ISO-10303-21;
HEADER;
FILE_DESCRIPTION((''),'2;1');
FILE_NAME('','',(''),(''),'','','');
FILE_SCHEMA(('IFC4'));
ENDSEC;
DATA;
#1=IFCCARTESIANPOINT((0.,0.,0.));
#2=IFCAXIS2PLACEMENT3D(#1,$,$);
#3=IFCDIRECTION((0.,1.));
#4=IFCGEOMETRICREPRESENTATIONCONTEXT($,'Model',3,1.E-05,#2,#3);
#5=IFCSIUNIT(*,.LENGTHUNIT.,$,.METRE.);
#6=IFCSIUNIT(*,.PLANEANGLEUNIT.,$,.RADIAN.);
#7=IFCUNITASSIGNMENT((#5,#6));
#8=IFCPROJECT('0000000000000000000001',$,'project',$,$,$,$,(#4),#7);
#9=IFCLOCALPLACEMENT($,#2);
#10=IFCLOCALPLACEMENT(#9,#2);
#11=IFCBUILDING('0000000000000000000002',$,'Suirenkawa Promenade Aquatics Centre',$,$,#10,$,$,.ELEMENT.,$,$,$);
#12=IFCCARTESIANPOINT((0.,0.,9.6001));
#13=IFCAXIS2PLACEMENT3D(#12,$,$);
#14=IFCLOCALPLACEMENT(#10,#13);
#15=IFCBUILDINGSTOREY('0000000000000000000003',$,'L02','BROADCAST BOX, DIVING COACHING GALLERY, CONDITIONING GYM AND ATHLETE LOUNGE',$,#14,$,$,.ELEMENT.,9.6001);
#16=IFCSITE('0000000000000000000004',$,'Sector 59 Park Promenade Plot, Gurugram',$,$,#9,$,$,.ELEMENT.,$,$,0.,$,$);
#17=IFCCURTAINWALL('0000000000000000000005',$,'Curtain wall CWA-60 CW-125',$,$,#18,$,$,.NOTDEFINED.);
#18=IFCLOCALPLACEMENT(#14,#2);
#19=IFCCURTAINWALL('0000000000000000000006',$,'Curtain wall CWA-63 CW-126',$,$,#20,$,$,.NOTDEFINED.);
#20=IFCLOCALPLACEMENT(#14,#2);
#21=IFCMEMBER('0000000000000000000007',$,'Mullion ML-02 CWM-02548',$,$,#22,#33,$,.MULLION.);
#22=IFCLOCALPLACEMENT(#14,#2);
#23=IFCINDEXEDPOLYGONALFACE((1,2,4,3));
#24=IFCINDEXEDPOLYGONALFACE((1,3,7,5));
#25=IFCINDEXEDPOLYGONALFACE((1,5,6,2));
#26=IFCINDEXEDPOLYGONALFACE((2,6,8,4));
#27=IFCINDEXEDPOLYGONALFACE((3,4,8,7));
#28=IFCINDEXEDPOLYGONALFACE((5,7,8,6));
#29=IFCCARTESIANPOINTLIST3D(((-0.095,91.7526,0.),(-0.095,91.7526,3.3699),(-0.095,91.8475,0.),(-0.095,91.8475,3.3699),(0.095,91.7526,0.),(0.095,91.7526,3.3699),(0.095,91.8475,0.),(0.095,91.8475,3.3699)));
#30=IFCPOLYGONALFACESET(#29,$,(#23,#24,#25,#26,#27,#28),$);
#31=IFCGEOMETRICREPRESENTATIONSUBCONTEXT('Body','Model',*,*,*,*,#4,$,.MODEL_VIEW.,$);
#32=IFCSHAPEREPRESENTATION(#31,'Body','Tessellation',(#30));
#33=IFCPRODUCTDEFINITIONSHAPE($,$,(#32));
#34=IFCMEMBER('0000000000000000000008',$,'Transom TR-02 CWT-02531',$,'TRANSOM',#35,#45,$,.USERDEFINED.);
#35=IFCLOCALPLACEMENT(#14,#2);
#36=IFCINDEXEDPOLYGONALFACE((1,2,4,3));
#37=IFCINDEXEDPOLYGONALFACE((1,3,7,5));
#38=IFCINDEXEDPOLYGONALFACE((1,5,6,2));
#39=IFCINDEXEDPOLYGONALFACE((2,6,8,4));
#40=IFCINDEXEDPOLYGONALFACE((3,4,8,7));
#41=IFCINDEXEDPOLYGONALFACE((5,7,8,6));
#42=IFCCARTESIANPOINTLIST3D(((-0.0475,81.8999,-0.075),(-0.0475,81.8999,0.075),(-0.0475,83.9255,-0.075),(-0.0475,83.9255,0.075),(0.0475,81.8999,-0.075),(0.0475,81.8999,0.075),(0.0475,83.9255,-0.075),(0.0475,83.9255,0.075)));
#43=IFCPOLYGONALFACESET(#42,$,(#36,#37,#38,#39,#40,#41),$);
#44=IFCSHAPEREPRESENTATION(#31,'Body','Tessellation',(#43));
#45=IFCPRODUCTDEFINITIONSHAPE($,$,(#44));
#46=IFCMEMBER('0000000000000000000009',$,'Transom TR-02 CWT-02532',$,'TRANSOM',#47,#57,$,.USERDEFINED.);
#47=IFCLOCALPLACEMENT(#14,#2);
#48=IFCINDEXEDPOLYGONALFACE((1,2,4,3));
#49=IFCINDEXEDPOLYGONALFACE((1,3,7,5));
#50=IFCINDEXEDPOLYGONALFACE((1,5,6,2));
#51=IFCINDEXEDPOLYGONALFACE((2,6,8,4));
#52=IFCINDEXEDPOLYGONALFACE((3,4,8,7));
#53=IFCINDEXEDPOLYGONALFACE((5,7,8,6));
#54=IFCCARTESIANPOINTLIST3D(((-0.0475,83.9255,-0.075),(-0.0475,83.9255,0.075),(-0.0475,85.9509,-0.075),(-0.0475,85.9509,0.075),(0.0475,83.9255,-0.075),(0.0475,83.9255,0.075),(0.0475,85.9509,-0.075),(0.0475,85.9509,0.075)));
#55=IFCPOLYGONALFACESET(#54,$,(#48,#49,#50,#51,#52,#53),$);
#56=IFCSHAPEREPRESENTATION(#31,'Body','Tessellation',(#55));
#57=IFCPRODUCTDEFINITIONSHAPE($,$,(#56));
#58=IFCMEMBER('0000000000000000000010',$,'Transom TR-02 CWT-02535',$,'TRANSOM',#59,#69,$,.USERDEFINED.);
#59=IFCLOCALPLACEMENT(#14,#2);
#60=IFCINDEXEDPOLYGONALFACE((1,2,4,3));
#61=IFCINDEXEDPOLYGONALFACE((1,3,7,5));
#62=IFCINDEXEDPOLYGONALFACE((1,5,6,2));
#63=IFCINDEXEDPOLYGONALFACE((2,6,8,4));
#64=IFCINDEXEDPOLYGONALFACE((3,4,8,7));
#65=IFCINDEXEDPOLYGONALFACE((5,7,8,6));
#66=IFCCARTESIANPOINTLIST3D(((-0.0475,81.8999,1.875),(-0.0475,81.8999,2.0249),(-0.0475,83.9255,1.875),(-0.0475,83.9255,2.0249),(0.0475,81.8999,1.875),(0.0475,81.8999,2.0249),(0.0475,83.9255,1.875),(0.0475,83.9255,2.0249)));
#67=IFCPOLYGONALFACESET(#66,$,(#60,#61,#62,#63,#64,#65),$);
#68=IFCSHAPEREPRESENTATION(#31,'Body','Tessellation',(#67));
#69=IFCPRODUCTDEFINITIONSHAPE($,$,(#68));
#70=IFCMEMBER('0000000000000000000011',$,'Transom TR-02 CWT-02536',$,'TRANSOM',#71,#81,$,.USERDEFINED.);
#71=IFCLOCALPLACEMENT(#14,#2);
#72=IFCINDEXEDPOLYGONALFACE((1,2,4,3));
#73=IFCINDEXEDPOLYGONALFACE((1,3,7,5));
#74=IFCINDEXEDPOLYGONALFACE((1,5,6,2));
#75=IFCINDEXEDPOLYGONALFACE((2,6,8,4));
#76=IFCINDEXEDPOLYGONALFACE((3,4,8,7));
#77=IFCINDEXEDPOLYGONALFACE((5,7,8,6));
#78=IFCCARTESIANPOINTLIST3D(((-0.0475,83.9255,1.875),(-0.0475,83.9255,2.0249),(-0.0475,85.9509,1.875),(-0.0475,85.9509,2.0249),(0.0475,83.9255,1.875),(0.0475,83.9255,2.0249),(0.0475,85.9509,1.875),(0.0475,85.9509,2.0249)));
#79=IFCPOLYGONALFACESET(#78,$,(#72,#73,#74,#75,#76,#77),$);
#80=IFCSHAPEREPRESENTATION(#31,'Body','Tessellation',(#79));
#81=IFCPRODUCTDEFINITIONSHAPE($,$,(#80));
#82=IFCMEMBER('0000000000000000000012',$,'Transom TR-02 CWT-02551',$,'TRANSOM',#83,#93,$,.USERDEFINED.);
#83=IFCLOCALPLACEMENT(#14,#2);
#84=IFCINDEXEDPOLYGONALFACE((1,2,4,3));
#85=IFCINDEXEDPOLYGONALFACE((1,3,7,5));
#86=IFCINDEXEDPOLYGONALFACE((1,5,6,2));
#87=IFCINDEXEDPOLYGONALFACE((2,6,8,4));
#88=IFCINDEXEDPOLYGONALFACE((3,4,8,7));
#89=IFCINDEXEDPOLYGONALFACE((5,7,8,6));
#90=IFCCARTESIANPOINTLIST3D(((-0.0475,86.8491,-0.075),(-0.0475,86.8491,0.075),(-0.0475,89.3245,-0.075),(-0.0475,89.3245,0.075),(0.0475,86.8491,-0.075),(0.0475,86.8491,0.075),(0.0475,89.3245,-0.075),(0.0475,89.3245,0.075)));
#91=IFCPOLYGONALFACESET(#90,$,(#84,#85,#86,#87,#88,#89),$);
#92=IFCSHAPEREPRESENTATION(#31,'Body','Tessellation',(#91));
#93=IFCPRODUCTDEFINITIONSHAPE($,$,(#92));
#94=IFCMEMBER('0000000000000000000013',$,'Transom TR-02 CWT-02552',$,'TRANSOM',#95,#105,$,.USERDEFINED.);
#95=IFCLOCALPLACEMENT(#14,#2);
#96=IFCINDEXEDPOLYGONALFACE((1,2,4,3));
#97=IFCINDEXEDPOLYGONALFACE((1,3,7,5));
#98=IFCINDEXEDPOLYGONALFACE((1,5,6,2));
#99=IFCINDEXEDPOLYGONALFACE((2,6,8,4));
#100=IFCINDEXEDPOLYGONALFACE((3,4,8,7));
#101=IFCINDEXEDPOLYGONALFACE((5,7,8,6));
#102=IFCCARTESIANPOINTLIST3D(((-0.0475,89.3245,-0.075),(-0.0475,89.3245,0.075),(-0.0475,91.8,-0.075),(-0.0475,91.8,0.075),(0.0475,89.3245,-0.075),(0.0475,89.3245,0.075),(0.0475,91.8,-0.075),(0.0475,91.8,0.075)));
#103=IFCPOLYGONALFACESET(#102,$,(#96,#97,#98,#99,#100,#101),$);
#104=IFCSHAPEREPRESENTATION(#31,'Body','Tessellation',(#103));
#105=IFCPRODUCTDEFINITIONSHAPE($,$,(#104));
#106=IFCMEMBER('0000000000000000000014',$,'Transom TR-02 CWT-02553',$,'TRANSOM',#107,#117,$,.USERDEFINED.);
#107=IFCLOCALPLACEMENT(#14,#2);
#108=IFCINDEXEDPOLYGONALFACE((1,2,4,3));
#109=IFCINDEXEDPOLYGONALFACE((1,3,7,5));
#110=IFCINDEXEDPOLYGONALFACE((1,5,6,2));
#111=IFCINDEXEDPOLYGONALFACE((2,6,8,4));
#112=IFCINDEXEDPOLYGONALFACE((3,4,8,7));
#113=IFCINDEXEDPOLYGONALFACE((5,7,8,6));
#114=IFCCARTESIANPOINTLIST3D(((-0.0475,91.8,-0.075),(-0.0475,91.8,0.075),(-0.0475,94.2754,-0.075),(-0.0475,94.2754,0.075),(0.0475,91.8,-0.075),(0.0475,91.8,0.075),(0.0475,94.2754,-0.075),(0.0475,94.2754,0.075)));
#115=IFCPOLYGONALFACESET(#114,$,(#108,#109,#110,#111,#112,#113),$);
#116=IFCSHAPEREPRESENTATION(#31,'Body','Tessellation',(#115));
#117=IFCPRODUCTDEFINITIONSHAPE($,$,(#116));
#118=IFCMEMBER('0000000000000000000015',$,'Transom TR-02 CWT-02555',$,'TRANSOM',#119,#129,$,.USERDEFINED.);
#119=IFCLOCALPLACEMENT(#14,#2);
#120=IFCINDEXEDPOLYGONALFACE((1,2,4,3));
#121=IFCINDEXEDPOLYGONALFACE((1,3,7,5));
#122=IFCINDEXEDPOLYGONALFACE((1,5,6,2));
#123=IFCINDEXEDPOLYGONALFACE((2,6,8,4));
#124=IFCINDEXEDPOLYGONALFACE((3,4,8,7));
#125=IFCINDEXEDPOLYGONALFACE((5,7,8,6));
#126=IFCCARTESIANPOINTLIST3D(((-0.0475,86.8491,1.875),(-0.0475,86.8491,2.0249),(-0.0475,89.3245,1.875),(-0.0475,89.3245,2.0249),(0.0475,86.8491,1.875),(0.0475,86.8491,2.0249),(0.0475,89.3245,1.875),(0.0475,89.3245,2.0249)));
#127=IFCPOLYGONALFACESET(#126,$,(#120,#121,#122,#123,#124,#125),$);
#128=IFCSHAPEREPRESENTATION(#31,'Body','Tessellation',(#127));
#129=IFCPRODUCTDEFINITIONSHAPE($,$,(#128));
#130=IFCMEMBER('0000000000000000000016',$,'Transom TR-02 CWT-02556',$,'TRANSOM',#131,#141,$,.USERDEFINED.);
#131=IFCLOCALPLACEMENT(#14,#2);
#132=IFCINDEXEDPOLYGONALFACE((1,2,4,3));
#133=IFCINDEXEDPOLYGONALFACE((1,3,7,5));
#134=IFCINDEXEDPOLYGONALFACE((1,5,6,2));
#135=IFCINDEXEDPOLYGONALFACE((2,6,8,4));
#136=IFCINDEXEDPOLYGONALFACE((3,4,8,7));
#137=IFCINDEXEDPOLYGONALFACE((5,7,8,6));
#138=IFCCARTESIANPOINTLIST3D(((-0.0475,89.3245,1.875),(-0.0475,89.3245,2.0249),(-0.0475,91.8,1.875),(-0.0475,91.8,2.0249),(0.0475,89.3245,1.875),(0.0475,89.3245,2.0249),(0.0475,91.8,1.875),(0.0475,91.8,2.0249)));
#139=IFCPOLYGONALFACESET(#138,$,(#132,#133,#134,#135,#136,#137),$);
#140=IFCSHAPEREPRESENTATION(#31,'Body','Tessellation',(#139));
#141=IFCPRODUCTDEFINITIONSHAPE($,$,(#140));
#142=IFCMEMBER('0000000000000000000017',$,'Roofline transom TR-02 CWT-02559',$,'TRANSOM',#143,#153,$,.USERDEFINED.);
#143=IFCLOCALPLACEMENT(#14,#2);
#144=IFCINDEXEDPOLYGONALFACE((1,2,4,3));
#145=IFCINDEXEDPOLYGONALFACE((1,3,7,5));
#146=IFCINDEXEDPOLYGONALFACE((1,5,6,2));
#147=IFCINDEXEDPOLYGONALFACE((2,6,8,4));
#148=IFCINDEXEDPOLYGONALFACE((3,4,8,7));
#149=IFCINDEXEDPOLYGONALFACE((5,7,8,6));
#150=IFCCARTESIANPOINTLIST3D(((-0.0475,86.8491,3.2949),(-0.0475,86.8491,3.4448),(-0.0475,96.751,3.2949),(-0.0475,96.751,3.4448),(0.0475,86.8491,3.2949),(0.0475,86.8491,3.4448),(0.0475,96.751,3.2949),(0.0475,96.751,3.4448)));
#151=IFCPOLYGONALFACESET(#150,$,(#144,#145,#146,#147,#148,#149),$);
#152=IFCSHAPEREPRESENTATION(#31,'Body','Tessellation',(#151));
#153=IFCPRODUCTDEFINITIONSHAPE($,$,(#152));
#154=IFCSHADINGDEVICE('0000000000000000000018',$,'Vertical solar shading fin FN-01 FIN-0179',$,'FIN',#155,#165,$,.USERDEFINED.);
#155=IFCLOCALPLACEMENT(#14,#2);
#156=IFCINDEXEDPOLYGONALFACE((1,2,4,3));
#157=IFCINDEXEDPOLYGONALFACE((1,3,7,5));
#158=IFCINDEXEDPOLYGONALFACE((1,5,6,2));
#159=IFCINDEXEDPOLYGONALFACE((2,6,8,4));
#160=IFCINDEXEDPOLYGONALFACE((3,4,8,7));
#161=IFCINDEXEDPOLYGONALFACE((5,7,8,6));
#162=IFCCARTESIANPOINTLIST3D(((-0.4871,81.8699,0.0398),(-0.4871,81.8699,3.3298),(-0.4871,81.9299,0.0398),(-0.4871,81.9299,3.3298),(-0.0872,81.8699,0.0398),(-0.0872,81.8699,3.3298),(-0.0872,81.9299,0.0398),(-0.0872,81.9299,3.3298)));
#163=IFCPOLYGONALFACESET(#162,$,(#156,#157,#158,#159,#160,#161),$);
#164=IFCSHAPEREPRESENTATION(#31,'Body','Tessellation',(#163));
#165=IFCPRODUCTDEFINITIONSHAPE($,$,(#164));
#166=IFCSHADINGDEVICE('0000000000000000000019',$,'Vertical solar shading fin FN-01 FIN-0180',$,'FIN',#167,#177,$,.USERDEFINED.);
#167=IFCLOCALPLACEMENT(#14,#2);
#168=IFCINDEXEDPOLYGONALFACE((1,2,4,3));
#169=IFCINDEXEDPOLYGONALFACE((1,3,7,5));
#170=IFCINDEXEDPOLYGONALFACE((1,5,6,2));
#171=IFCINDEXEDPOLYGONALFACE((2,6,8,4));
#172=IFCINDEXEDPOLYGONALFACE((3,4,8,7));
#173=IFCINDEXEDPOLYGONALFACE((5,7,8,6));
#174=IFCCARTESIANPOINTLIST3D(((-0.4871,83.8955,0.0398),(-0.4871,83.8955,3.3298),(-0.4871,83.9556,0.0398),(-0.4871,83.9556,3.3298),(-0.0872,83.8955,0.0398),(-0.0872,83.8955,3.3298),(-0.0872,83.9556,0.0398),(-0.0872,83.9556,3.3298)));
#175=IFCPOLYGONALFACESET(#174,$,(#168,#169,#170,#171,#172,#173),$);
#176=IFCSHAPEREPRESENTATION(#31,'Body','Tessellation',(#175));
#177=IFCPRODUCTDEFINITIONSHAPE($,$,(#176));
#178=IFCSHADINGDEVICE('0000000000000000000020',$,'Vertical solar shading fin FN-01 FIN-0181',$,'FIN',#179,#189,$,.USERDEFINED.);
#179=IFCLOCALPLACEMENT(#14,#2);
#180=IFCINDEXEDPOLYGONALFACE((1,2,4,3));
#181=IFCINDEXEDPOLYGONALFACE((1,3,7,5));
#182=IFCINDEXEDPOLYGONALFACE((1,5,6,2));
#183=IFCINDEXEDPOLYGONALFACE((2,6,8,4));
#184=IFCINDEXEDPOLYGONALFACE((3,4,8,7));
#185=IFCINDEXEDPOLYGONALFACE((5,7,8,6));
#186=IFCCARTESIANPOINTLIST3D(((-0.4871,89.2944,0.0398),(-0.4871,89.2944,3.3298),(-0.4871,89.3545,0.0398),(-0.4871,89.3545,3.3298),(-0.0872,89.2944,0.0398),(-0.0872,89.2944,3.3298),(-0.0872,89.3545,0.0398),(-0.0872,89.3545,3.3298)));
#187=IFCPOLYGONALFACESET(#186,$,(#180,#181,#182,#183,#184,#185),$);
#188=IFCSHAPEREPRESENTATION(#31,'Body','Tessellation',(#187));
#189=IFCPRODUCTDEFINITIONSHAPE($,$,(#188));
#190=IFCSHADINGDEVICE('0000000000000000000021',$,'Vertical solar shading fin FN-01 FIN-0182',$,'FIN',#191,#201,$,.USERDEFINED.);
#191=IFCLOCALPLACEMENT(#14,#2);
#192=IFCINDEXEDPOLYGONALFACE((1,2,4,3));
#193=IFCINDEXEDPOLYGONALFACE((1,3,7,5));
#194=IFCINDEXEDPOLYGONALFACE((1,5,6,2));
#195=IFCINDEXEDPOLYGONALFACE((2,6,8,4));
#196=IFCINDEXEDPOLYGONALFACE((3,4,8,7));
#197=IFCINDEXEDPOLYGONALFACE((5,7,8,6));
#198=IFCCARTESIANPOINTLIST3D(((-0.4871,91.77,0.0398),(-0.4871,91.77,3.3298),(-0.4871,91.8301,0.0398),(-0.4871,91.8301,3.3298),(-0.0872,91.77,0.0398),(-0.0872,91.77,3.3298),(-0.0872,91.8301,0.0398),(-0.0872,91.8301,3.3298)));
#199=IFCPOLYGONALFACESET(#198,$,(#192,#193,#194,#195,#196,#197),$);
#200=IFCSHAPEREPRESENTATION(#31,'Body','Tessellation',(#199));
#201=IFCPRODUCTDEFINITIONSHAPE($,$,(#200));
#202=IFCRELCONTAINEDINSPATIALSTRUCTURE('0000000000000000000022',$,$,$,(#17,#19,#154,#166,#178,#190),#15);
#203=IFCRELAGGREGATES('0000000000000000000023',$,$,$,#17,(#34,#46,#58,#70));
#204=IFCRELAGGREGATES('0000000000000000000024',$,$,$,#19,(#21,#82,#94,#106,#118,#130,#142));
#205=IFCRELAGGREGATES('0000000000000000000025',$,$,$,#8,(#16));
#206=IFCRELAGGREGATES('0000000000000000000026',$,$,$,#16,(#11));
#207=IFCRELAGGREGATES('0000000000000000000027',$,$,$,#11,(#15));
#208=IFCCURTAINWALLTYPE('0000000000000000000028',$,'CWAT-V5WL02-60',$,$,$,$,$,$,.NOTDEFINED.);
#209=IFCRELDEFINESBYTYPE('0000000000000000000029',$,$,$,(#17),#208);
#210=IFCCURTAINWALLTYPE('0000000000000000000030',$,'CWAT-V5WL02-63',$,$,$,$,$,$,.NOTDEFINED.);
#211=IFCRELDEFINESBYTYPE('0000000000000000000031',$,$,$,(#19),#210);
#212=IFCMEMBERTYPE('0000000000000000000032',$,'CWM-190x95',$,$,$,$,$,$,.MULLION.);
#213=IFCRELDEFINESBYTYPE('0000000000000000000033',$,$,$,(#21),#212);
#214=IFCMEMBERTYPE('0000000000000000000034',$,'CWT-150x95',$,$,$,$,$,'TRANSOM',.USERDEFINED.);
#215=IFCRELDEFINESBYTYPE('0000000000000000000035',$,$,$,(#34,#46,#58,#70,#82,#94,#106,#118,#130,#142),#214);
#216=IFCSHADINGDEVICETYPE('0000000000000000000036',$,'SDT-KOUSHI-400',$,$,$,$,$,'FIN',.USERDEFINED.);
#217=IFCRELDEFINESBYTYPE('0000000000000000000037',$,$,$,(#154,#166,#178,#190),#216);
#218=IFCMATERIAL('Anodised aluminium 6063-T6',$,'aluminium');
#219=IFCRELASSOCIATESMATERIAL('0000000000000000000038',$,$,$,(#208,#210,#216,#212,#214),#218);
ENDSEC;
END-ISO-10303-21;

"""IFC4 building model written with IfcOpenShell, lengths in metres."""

from ifc_helpers import new_model, si_unit, direction, frame, origin, origin_2d, place, context, subcontext, project, spatial, rectangle, extrude, material, material_profile, profile_set, type_object, element, aggregate, save


model = new_model("IFC4")

# Units and contexts
model_context = context("Model", 3, precision=1e-05, world=origin(), true_north=direction((0.0, 1.0)))
body_context = subcontext(model_context, "Body", "Model", "MODEL_VIEW")
ifc_project = project(units=[si_unit("LENGTHUNIT", "METRE"), si_unit("PLANEANGLEUNIT", "RADIAN")], contexts=[model_context])

# Site, building, storey
site_placement = place(None, origin())
site = spatial("IfcSite", under=ifc_project, at=site_placement, Name="Sector 59 Park Promenade Plot, Gurugram", CompositionType="ELEMENT", RefElevation=0.0)
building_placement = place(site_placement, origin())
building = spatial("IfcBuilding", under=site, at=building_placement, Name="Suirenkawa Promenade Aquatics Centre", CompositionType="ELEMENT")
storey_placement = place(building_placement, frame((0.0, 0.0, 9.6001)))
storey = spatial("IfcBuildingStorey", under=building, at=storey_placement, Name="L02", Description="BROADCAST BOX, DIVING COACHING GALLERY, CONDITIONING GYM AND ATHLETE LOUNGE", CompositionType="ELEMENT", Elevation=9.6001)

# Curtain walls, member
ifc_material_1 = material(Name="Anodised aluminium 6063-T6", Category="aluminium")
curtain_wall_type_1 = type_object("IfcCurtainWallType", Name="CWAT-V5WL02-60", PredefinedType="NOTDEFINED", material=ifc_material_1)
curtain_wall_1_placement = place(storey_placement, origin())
curtain_wall_1 = element("IfcCurtainWall", 1, at=curtain_wall_1_placement, inside=storey, type_object=curtain_wall_type_1, Name="Curtain wall CWA-60 CW-125", PredefinedType="NOTDEFINED")
ifc_material_profile_1 = material_profile(ifc_material_1, rectangle(XDim=0.095, YDim=0.1899, at=origin_2d()), Name="ALU MULL 95x190", Category="aluminium")
ifc_profile_set_1 = profile_set([ifc_material_profile_1], Name="Anodised aluminium 6063-T6")
member_type_1 = type_object("IfcMemberType", Name="CWM-190x95", PredefinedType="MULLION", material=ifc_profile_set_1)
curtain_wall_type_2 = type_object("IfcCurtainWallType", Name="CWAT-V5WL02-63", PredefinedType="NOTDEFINED", material=ifc_material_1)
curtain_wall_2_placement = place(storey_placement, origin())
curtain_wall_2 = element("IfcCurtainWall", 2, at=curtain_wall_2_placement, inside=storey, type_object=curtain_wall_type_2, Name="Curtain wall CWA-63 CW-126", PredefinedType="NOTDEFINED")
member_1_placement = place(storey_placement, frame((0.0, 91.8, 0.0), z_axis=(0.0, 0.0, 1.0), x_axis=(0.0, 1.0, 0.0)))
member_1 = element("IfcMember", 3, at=member_1_placement, type_object=member_type_1, Name="Mullion ML-02 CWM-02548", PredefinedType="MULLION", context=body_context, shape_type="SweptSolid", body=[
    extrude(rectangle(XDim=0.095, YDim=0.1899, at=origin_2d()), origin(), (0.0, 0.0, 1.0), 3.3699),
])

# Members
ifc_material_profile_2 = material_profile(ifc_material_1, rectangle(XDim=0.095, YDim=0.1499, at=origin_2d()), Name="ALU TRAN 95x150", Category="aluminium")
ifc_profile_set_2 = profile_set([ifc_material_profile_2], Name="Anodised aluminium 6063-T6")
member_type_2 = type_object("IfcMemberType", Name="CWT-150x95", ElementType="TRANSOM", PredefinedType="USERDEFINED", material=ifc_profile_set_2)
member_2_placement = place(storey_placement, frame((0.0, 81.8999, 0.0), z_axis=(0.0, 1.0, 0.0), x_axis=(-1.0, 0.0, 0.0)))
member_2 = element("IfcMember", 4, at=member_2_placement, type_object=member_type_2, Name="Transom TR-02 CWT-02531", ObjectType="TRANSOM", PredefinedType="USERDEFINED", context=body_context, shape_type="SweptSolid", body=[
    extrude(rectangle(XDim=0.095, YDim=0.1499, at=origin_2d()), origin(), (0.0, 0.0, 1.0), 2.0256),
])
member_3_placement = place(storey_placement, frame((0.0, 83.9255, 0.0), z_axis=(0.0, 1.0, 0.0), x_axis=(-1.0, 0.0, 0.0)))
member_3 = element("IfcMember", 5, at=member_3_placement, type_object=member_type_2, Name="Transom TR-02 CWT-02532", ObjectType="TRANSOM", PredefinedType="USERDEFINED", context=body_context, shape_type="SweptSolid", body=[
    extrude(rectangle(XDim=0.095, YDim=0.1499, at=origin_2d()), origin(), (0.0, 0.0, 1.0), 2.0254),
])
member_4_placement = place(storey_placement, frame((0.0, 81.8999, 1.95), z_axis=(0.0, 1.0, 0.0), x_axis=(-1.0, 0.0, 0.0)))
member_4 = element("IfcMember", 6, at=member_4_placement, type_object=member_type_2, Name="Transom TR-02 CWT-02535", ObjectType="TRANSOM", PredefinedType="USERDEFINED", context=body_context, shape_type="SweptSolid", body=[
    extrude(rectangle(XDim=0.095, YDim=0.1499, at=origin_2d()), origin(), (0.0, 0.0, 1.0), 2.0256),
])
member_5_placement = place(storey_placement, frame((0.0, 83.9255, 1.95), z_axis=(0.0, 1.0, 0.0), x_axis=(-1.0, 0.0, 0.0)))
member_5 = element("IfcMember", 7, at=member_5_placement, type_object=member_type_2, Name="Transom TR-02 CWT-02536", ObjectType="TRANSOM", PredefinedType="USERDEFINED", context=body_context, shape_type="SweptSolid", body=[
    extrude(rectangle(XDim=0.095, YDim=0.1499, at=origin_2d()), origin(), (0.0, 0.0, 1.0), 2.0254),
])
member_6_placement = place(storey_placement, frame((0.0, 86.8491, 0.0), z_axis=(0.0, 1.0, 0.0), x_axis=(-1.0, 0.0, 0.0)))
member_6 = element("IfcMember", 8, at=member_6_placement, type_object=member_type_2, Name="Transom TR-02 CWT-02551", ObjectType="TRANSOM", PredefinedType="USERDEFINED", context=body_context, shape_type="SweptSolid", body=[
    extrude(rectangle(XDim=0.095, YDim=0.1499, at=origin_2d()), origin(), (0.0, 0.0, 1.0), 2.4753),
])
member_7_placement = place(storey_placement, frame((0.0, 89.3245, 0.0), z_axis=(0.0, 1.0, 0.0), x_axis=(-1.0, 0.0, 0.0)))
member_7 = element("IfcMember", 9, at=member_7_placement, type_object=member_type_2, Name="Transom TR-02 CWT-02552", ObjectType="TRANSOM", PredefinedType="USERDEFINED", context=body_context, shape_type="SweptSolid", body=[
    extrude(rectangle(XDim=0.095, YDim=0.1499, at=origin_2d()), origin(), (0.0, 0.0, 1.0), 2.4756),
])
member_8_placement = place(storey_placement, frame((0.0, 91.8, 0.0), z_axis=(0.0, 1.0, 0.0), x_axis=(-1.0, 0.0, 0.0)))
member_8 = element("IfcMember", 10, at=member_8_placement, type_object=member_type_2, Name="Transom TR-02 CWT-02553", ObjectType="TRANSOM", PredefinedType="USERDEFINED", context=body_context, shape_type="SweptSolid", body=[
    extrude(rectangle(XDim=0.095, YDim=0.1499, at=origin_2d()), origin(), (0.0, 0.0, 1.0), 2.4753),
])
member_9_placement = place(storey_placement, frame((0.0, 86.8491, 1.95), z_axis=(0.0, 1.0, 0.0), x_axis=(-1.0, 0.0, 0.0)))
member_9 = element("IfcMember", 11, at=member_9_placement, type_object=member_type_2, Name="Transom TR-02 CWT-02555", ObjectType="TRANSOM", PredefinedType="USERDEFINED", context=body_context, shape_type="SweptSolid", body=[
    extrude(rectangle(XDim=0.095, YDim=0.1499, at=origin_2d()), origin(), (0.0, 0.0, 1.0), 2.4753),
])
member_10_placement = place(storey_placement, frame((0.0, 89.3245, 1.95), z_axis=(0.0, 1.0, 0.0), x_axis=(-1.0, 0.0, 0.0)))
member_10 = element("IfcMember", 12, at=member_10_placement, type_object=member_type_2, Name="Transom TR-02 CWT-02556", ObjectType="TRANSOM", PredefinedType="USERDEFINED", context=body_context, shape_type="SweptSolid", body=[
    extrude(rectangle(XDim=0.095, YDim=0.1499, at=origin_2d()), origin(), (0.0, 0.0, 1.0), 2.4756),
])
member_11_placement = place(storey_placement, frame((0.0, 86.8491, 3.3699), z_axis=(0.0, 1.0, 0.0), x_axis=(-1.0, 0.0, 0.0)))
member_11 = element("IfcMember", 13, at=member_11_placement, type_object=member_type_2, Name="Roofline transom TR-02 CWT-02559", ObjectType="TRANSOM", PredefinedType="USERDEFINED", context=body_context, shape_type="SweptSolid", body=[
    extrude(rectangle(XDim=0.095, YDim=0.1499, at=origin_2d()), origin(), (0.0, 0.0, 1.0), 9.9019),
])

aggregate(curtain_wall_1, [member_2, member_3, member_4, member_5])
aggregate(curtain_wall_2, [member_1, member_6, member_7, member_8, member_9, member_10, member_11])

# Shading devices
shading_device_type = type_object("IfcShadingDeviceType", Name="SDT-KOUSHI-400", ElementType="FIN", PredefinedType="USERDEFINED", material=ifc_material_1)
for number, where, z_axis, x_axis, name in (
    (14, (-0.2871, 81.8999, 0.0398), (0.0, 0.0, 1.0), (-1.0, 0.0, 0.0), "Vertical solar shading fin FN-01 FIN-0179"),
    (15, (-0.2871, 83.9255, 0.0398), (0.0, 0.0, 1.0), (-1.0, 0.0, 0.0), "Vertical solar shading fin FN-01 FIN-0180"),
    (16, (-0.2871, 89.3245, 0.0398), (0.0, 0.0, 1.0), (-1.0, 0.0, 0.0), "Vertical solar shading fin FN-01 FIN-0181"),
    (17, (-0.2871, 91.8, 0.0398), (0.0, 0.0, 1.0), (-1.0, 0.0, 0.0), "Vertical solar shading fin FN-01 FIN-0182"),
):
    element("IfcShadingDevice", number, at=place(storey_placement, frame(where, z_axis=z_axis, x_axis=x_axis)), inside=storey, type_object=shading_device_type, Name=name, ObjectType="FIN", PredefinedType="USERDEFINED", context=body_context, shape_type="SweptSolid", body=[
        extrude(rectangle(XDim=0.3999, YDim=0.0601, at=origin_2d()), origin(), (0.0, 0.0, 1.0), 3.29),
    ])

save(model, "model.ifc")
